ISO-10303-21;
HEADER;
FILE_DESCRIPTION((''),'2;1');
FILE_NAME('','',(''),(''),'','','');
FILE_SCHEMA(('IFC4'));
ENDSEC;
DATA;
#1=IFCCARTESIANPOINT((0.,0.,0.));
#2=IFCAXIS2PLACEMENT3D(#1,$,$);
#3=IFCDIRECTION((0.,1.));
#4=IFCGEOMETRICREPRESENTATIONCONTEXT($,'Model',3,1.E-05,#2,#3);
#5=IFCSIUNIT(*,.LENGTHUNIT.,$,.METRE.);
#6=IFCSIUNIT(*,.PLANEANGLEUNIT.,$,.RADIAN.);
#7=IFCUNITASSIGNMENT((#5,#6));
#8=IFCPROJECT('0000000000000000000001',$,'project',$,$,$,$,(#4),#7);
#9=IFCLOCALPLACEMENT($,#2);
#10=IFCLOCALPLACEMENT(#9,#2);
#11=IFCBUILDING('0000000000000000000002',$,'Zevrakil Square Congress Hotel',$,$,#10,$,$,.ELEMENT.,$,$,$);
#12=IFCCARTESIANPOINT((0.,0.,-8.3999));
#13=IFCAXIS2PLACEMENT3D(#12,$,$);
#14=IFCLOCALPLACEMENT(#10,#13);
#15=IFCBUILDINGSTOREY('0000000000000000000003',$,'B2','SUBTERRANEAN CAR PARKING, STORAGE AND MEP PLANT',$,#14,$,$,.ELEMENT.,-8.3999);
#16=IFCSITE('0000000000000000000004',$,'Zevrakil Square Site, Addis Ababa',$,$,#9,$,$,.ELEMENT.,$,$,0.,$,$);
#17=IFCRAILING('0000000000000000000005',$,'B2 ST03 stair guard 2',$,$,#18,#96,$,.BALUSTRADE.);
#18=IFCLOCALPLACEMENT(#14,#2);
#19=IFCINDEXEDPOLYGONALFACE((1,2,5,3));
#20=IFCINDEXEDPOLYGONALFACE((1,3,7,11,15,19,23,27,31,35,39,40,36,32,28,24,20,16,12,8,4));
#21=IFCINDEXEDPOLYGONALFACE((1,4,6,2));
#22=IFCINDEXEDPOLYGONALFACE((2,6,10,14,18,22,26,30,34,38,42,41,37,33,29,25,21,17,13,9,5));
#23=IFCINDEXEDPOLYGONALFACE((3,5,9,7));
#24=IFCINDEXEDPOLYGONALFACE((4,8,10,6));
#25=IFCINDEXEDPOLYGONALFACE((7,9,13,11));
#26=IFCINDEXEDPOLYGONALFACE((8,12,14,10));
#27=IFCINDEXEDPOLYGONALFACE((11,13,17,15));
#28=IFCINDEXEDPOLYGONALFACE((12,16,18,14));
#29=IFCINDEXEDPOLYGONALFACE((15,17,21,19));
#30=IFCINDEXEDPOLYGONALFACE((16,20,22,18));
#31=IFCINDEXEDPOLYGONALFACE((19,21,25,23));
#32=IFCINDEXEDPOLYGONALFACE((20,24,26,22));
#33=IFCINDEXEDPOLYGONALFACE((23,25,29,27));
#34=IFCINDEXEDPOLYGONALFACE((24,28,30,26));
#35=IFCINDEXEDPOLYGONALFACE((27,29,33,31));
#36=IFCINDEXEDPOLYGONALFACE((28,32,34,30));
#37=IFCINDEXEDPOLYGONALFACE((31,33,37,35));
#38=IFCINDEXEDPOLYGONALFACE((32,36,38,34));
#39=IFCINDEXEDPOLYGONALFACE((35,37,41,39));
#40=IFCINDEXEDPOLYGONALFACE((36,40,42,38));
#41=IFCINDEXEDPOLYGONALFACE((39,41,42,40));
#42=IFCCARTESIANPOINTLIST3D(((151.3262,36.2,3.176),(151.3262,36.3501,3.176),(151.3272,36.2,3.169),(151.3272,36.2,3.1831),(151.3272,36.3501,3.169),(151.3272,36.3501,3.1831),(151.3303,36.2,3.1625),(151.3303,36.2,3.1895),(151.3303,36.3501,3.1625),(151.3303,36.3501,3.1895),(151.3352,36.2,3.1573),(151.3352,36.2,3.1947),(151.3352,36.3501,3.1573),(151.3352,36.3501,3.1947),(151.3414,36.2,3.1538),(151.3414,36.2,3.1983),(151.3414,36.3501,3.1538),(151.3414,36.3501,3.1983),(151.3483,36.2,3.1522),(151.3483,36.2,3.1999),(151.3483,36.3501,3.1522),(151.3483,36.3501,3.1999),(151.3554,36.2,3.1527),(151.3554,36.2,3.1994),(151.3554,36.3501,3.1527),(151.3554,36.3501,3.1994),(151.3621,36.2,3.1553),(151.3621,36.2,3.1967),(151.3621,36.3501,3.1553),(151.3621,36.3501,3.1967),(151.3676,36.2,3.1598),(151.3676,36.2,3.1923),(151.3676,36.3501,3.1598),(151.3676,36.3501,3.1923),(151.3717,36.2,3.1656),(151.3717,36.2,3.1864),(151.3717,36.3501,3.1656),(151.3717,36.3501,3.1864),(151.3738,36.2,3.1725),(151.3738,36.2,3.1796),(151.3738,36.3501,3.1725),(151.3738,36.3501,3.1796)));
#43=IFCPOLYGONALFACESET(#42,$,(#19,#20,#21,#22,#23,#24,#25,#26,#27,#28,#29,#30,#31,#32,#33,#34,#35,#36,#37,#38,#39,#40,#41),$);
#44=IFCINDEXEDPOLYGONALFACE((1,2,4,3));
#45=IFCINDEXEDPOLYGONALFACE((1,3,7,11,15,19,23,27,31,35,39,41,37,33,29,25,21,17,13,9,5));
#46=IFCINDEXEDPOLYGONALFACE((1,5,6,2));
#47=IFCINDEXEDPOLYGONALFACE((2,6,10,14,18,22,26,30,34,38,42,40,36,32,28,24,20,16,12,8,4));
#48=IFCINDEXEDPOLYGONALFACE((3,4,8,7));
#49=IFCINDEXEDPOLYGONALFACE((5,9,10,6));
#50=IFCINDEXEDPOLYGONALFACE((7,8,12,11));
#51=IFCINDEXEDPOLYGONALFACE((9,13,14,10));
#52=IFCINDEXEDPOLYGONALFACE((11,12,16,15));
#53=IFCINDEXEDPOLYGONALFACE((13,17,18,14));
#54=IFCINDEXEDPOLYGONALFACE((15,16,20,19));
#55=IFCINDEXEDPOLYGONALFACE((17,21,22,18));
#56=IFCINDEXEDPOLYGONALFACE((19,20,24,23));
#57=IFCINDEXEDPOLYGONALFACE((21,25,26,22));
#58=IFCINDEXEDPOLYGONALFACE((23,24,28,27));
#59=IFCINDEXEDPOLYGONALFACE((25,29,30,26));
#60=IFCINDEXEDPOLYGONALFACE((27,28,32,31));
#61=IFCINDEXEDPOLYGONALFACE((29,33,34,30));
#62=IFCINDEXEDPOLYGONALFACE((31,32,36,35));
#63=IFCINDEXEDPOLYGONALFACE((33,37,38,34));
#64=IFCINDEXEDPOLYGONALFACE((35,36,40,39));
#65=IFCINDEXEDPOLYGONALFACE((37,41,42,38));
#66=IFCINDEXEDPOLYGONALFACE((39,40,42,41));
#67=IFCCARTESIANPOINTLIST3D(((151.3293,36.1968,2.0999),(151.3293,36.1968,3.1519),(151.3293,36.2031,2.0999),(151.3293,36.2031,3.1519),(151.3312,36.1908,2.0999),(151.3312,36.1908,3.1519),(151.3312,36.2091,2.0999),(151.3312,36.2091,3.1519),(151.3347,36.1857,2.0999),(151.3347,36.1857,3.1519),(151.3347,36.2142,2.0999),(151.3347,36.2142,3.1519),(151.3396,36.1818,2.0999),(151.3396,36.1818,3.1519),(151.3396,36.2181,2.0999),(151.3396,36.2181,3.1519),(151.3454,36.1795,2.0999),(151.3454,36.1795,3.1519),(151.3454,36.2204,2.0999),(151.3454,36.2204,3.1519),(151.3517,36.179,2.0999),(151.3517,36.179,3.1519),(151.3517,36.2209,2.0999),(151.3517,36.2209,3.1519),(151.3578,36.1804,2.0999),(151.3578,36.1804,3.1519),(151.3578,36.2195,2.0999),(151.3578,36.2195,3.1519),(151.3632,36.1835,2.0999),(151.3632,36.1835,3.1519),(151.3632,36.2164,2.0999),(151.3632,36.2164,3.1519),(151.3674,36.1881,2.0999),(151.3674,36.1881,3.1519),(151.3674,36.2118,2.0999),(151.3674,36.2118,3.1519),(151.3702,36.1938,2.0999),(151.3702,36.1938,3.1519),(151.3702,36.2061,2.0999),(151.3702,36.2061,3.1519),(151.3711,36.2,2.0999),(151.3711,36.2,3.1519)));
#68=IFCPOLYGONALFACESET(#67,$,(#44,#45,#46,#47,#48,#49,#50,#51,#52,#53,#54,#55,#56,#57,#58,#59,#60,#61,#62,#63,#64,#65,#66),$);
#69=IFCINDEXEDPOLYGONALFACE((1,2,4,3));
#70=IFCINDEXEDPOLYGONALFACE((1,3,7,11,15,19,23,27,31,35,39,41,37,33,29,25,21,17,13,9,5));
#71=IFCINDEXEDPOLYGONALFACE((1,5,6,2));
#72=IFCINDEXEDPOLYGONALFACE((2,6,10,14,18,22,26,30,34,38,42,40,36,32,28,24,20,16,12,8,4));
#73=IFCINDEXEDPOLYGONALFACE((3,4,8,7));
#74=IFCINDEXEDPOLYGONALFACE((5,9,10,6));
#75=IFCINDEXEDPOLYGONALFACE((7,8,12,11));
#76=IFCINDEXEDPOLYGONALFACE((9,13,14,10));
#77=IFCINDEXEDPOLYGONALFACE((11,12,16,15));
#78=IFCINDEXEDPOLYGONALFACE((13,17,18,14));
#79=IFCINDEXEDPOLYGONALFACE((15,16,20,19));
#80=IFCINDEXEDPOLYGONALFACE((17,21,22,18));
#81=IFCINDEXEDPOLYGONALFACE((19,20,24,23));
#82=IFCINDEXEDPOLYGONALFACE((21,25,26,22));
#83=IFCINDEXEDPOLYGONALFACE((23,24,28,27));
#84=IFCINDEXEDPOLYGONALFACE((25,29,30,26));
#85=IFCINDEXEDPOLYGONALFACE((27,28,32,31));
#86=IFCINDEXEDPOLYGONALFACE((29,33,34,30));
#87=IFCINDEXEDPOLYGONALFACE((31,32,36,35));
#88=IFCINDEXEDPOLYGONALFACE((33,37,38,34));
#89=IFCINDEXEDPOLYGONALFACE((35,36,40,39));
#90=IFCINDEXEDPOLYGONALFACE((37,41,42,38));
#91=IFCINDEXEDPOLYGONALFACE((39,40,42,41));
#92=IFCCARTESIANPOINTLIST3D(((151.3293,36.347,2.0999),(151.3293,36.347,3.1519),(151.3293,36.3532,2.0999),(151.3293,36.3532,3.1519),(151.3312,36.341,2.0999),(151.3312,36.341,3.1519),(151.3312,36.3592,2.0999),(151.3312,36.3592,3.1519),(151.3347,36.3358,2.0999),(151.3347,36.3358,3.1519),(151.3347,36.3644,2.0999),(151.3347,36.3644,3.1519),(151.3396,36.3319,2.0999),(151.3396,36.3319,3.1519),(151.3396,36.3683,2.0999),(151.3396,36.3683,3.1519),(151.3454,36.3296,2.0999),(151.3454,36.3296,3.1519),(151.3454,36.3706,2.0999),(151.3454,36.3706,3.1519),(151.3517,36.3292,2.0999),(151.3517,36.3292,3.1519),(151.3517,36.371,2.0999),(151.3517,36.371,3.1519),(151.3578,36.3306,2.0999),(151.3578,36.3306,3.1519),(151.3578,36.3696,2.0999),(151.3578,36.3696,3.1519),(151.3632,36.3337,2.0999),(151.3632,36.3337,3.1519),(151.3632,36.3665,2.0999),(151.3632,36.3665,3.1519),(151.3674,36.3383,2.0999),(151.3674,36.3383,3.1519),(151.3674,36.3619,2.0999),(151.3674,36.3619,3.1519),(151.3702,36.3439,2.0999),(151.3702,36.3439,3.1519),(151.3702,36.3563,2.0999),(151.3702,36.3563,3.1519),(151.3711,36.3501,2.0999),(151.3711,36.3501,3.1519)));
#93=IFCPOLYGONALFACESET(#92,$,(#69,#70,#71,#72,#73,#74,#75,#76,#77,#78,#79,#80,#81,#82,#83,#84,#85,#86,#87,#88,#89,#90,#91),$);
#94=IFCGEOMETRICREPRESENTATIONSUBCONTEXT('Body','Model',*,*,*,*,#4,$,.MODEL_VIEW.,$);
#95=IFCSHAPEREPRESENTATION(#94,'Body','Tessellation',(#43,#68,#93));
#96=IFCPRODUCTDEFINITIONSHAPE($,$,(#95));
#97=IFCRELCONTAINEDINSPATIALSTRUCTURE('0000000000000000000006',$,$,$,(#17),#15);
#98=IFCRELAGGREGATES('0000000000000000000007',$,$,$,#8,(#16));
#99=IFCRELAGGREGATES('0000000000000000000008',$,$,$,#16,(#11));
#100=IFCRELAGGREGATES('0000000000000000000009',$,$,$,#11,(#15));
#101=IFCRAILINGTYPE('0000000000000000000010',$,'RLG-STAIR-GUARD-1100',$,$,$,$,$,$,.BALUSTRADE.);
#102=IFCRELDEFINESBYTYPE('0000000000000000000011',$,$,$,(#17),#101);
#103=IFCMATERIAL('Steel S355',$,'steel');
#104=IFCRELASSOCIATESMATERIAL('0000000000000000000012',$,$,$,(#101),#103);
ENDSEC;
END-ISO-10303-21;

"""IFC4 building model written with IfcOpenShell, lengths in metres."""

from ifc_helpers import new_model, si_unit, direction, frame, origin, origin_2d, place, context, subcontext, project, spatial, circle, extrude, material, type_object, element, save


model = new_model("IFC4")

# Units and contexts
model_context = context("Model", 3, precision=1e-05, world=origin(), true_north=direction((0.0, 1.0)))
body_context = subcontext(model_context, "Body", "Model", "MODEL_VIEW")
ifc_project = project(units=[si_unit("LENGTHUNIT", "METRE"), si_unit("PLANEANGLEUNIT", "RADIAN")], contexts=[model_context])

# Site, building, storey
site_placement = place(None, origin())
site = spatial("IfcSite", under=ifc_project, at=site_placement, Name="Zevrakil Square Site, Addis Ababa", CompositionType="ELEMENT", RefElevation=0.0)
building_placement = place(site_placement, origin())
building = spatial("IfcBuilding", under=site, at=building_placement, Name="Zevrakil Square Congress Hotel", CompositionType="ELEMENT")
storey_placement = place(building_placement, frame((0.0, 0.0, -8.3999)))
storey = spatial("IfcBuildingStorey", under=building, at=storey_placement, Name="B2", Description="SUBTERRANEAN CAR PARKING, STORAGE AND MEP PLANT", CompositionType="ELEMENT", Elevation=-8.3999)

# Railing
ifc_material_1 = material(Name="Steel S355", Category="steel")
railing_type_1 = type_object("IfcRailingType", Name="RLG-STAIR-GUARD-1100", PredefinedType="BALUSTRADE", material=ifc_material_1)
railing_1_placement = place(storey_placement, frame((151.3501, 36.2, 2.0999)))
element("IfcRailing", 1, at=railing_1_placement, inside=storey, type_object=railing_type_1, Name="B2 ST03 stair guard 2", PredefinedType="BALUSTRADE", context=body_context, shape_type="SweptSolid", body=[
    extrude(circle(Radius=0.0239, at=origin_2d()), frame((0.0, 0.0, 1.0762), z_axis=(0.0, 1.0, 0.0), x_axis=(-1.0, 0.0, 0.0)), (0.0, 0.0, 1.0), 0.1501),
    extrude(circle(Radius=0.021, at=origin_2d()), origin(), (0.0, 0.0, 1.0), 1.052),
    extrude(circle(Radius=0.021, at=origin_2d()), frame((0.0, 0.1501, 0.0)), (0.0, 0.0, 1.0), 1.052),
])

save(model, "model.ifc")
